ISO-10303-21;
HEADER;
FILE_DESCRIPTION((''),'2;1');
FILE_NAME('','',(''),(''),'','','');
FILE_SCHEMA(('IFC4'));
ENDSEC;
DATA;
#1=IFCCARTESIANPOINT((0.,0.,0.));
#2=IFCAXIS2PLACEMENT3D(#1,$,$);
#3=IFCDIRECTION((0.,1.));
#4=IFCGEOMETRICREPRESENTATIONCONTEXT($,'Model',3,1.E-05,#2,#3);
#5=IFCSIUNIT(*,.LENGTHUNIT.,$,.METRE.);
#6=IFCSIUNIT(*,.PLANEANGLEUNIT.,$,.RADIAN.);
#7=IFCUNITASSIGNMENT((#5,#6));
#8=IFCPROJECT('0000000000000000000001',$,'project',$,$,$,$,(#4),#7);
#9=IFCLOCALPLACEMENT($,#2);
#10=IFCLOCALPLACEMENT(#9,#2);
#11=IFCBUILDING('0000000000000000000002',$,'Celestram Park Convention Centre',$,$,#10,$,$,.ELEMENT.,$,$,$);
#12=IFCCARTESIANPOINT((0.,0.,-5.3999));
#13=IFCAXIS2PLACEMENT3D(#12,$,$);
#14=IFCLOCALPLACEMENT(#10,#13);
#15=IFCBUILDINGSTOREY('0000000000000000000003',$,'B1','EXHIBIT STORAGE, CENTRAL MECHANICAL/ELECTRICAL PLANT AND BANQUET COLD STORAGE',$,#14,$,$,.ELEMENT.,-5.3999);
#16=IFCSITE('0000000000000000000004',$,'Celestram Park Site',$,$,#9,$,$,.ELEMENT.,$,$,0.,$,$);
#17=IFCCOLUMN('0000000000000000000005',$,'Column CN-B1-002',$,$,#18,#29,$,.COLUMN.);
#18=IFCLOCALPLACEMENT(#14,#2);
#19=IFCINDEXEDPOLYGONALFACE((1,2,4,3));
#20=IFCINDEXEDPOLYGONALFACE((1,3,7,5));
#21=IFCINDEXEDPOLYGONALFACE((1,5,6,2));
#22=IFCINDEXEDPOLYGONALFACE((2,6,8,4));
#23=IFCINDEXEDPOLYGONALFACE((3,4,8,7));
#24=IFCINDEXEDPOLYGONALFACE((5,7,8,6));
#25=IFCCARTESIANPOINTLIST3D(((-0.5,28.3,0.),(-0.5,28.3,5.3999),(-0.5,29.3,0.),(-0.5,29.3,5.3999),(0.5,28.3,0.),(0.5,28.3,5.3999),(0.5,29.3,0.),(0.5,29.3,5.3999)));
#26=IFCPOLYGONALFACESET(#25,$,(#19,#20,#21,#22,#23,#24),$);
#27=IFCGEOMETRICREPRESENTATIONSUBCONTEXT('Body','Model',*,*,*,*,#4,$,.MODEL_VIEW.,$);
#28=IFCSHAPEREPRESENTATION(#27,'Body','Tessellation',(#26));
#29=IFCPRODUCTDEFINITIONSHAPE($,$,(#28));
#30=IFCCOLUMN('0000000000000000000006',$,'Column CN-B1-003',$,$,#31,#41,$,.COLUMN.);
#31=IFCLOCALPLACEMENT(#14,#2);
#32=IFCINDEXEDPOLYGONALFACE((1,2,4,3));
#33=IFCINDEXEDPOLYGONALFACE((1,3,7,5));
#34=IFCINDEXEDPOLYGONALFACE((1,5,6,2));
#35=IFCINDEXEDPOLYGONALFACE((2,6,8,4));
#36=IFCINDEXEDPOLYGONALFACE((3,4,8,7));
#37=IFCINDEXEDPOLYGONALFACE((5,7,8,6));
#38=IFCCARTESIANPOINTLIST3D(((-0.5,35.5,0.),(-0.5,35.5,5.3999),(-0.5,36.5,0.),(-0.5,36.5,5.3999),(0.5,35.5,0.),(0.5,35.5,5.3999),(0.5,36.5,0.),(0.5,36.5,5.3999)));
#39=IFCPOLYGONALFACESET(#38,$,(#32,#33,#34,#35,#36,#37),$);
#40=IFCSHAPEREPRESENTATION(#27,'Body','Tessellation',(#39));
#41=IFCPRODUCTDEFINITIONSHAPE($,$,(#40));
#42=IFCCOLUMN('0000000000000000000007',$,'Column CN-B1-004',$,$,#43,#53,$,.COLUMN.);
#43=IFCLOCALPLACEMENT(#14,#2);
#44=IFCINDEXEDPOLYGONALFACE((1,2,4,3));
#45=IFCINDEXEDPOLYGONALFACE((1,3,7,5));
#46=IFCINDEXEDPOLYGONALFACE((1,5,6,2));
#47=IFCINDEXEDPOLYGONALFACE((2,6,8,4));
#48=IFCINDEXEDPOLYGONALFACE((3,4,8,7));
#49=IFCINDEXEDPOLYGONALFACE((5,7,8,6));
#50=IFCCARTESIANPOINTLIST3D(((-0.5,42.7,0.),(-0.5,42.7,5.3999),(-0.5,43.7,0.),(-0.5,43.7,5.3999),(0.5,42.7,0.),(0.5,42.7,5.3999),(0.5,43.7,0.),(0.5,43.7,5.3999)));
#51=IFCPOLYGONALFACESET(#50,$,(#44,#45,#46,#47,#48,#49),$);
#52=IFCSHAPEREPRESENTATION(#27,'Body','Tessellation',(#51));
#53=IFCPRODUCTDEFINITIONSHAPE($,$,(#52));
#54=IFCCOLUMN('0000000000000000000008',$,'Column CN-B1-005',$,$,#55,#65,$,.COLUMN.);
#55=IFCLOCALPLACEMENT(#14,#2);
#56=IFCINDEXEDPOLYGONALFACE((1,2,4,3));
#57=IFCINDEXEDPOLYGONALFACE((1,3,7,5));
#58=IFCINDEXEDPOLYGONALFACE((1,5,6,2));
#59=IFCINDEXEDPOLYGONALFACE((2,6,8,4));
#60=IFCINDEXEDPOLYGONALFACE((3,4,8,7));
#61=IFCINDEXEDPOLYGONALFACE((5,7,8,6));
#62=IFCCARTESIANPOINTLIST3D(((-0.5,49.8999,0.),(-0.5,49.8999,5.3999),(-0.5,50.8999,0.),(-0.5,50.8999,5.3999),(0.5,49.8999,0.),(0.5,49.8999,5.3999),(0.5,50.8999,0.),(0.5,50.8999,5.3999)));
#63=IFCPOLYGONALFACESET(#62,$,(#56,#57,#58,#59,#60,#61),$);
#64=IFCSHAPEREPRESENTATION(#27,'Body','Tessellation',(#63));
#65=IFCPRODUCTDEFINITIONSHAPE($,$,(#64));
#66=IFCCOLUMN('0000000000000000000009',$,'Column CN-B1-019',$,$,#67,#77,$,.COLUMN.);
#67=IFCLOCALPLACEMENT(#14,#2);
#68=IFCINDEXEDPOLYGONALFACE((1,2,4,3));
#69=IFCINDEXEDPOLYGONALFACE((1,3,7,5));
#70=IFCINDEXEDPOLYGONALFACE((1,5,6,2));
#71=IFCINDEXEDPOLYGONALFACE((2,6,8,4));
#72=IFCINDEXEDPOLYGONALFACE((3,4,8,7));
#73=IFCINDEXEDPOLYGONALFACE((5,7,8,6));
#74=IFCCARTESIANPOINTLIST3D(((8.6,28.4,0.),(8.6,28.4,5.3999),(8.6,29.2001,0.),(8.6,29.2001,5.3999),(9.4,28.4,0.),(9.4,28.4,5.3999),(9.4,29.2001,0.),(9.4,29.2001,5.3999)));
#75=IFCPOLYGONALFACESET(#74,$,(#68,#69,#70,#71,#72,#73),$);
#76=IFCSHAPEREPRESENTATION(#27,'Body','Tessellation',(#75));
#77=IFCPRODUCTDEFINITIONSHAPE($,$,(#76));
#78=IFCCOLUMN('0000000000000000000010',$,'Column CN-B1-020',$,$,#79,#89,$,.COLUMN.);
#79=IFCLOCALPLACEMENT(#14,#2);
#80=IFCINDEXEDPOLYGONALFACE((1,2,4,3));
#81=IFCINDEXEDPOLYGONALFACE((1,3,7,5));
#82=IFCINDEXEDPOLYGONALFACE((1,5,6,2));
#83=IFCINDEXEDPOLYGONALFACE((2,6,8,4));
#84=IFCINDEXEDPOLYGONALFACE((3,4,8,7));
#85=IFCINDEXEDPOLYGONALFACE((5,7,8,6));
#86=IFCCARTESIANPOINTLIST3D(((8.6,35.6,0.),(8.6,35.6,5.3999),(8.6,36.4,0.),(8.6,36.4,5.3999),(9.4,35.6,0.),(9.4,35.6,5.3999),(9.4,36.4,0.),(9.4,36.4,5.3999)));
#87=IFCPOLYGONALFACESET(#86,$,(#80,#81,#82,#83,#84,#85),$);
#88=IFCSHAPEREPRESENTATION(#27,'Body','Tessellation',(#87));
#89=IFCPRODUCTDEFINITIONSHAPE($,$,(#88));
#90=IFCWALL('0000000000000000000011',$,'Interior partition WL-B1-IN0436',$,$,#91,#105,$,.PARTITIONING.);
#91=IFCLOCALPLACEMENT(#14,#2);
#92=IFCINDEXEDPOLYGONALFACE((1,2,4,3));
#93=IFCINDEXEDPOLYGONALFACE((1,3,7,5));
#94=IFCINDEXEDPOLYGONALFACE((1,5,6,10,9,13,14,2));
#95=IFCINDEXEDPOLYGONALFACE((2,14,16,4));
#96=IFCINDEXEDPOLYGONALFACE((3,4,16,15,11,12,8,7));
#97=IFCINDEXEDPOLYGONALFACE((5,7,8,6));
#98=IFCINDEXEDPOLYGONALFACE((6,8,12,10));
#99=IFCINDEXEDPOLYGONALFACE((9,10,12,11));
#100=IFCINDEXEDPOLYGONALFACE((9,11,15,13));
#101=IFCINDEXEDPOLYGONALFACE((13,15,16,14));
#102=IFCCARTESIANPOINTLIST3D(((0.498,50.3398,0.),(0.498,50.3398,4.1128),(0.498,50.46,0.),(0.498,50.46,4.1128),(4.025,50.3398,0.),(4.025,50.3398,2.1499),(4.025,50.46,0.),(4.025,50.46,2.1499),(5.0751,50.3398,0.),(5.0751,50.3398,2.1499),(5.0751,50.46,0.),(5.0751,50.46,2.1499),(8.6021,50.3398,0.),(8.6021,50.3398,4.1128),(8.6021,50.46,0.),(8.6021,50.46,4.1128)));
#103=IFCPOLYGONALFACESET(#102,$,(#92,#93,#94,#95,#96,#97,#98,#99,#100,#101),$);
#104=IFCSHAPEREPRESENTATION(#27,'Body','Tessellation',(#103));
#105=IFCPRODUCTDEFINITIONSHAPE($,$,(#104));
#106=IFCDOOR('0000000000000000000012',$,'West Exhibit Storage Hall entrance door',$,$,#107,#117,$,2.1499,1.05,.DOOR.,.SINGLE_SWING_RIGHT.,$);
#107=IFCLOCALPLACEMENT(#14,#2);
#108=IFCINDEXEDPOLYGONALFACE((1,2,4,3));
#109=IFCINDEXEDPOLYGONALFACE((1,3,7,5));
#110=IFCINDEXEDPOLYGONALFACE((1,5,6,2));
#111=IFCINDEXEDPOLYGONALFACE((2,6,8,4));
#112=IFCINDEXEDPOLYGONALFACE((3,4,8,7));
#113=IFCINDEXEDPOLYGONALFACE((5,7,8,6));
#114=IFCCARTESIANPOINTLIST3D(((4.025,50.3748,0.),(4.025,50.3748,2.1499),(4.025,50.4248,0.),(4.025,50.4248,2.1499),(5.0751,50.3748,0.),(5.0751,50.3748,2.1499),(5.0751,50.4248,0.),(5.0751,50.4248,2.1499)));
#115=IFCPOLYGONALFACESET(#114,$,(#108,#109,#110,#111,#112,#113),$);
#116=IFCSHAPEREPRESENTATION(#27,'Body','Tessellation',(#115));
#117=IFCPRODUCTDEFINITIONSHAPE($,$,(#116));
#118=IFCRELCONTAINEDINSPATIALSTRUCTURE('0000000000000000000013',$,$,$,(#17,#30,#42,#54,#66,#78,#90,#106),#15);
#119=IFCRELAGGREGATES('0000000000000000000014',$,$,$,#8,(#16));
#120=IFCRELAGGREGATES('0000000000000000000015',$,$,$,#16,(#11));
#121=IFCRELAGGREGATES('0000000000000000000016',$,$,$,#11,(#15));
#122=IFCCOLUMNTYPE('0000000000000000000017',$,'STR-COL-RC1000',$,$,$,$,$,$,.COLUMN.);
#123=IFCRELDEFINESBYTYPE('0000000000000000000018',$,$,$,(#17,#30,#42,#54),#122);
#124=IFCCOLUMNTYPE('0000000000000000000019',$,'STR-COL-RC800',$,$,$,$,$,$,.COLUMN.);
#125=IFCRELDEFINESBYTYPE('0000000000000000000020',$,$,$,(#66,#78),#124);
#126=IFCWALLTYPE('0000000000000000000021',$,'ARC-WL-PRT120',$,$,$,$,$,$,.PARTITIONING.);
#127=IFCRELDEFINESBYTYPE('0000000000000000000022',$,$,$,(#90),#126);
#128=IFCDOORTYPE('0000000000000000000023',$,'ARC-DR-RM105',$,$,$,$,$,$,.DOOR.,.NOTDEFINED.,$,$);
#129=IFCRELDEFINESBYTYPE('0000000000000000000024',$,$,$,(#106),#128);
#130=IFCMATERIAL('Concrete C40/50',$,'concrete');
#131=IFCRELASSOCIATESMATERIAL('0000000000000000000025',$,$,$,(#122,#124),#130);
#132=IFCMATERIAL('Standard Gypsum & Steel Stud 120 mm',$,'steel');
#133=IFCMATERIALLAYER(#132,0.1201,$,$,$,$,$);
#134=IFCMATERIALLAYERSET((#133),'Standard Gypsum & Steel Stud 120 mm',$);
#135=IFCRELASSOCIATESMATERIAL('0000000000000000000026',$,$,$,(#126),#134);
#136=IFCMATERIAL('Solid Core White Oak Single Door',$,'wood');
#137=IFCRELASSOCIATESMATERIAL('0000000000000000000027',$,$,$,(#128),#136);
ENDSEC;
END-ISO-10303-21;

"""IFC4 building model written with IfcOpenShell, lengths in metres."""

from ifc_helpers import new_model, si_unit, direction, frame, frame_2d, origin, origin_2d, place, context, subcontext, project, spatial, rectangle, extrude, material, layer, layer_set, material_profile, profile_set, type_object, element, fill, save


model = new_model("IFC4")

# Units and contexts
model_context = context("Model", 3, precision=1e-05, world=origin(), true_north=direction((0.0, 1.0)))
body_context = subcontext(model_context, "Body", "Model", "MODEL_VIEW")
ifc_project = project(units=[si_unit("LENGTHUNIT", "METRE"), si_unit("PLANEANGLEUNIT", "RADIAN")], contexts=[model_context])

# Site, building, storey
site_placement = place(None, origin())
site = spatial("IfcSite", under=ifc_project, at=site_placement, Name="Celestram Park Site", CompositionType="ELEMENT", RefElevation=0.0)
building_placement = place(site_placement, origin())
building = spatial("IfcBuilding", under=site, at=building_placement, Name="Celestram Park Convention Centre", CompositionType="ELEMENT")
storey_placement = place(building_placement, frame((0.0, 0.0, -5.3999)))
storey = spatial("IfcBuildingStorey", under=building, at=storey_placement, Name="B1", Description="EXHIBIT STORAGE, CENTRAL MECHANICAL/ELECTRICAL PLANT AND BANQUET COLD STORAGE", CompositionType="ELEMENT", Elevation=-5.3999)

# Shared definitions
ifc_material_1 = material(Name="Concrete C40/50", Category="concrete")

# Columns
ifc_material_profile_1 = material_profile(ifc_material_1, rectangle(XDim=1.0, YDim=1.0, at=origin_2d()), Name="RC1000X1000")
ifc_profile_set_1 = profile_set([ifc_material_profile_1], Name="Concrete C40/50")
column_type_1 = type_object("IfcColumnType", Name="STR-COL-RC1000", PredefinedType="COLUMN", material=ifc_profile_set_1)
for number, where, z_axis, x_axis, name in (
    (1, (0.0, 28.8, 0.0), (0.0, 0.0, 1.0), (1.0, 0.0, 0.0), "Column CN-B1-002"),
    (2, (0.0, 36.0, 0.0), (0.0, 0.0, 1.0), (1.0, 0.0, 0.0), "Column CN-B1-003"),
    (3, (0.0, 43.2, 0.0), (0.0, 0.0, 1.0), (1.0, 0.0, 0.0), "Column CN-B1-004"),
    (4, (0.0, 50.3999, 0.0), (0.0, 0.0, 1.0), (1.0, 0.0, 0.0), "Column CN-B1-005"),
):
    element("IfcColumn", number, at=place(storey_placement, frame(where, z_axis=z_axis, x_axis=x_axis)), inside=storey, type_object=column_type_1, Name=name, PredefinedType="COLUMN", context=body_context, shape_type="SweptSolid", body=[
        extrude(rectangle(XDim=1.0, YDim=1.0, at=origin_2d()), origin(), (0.0, 0.0, 1.0), 5.3999),
    ])
ifc_material_profile_2 = material_profile(ifc_material_1, rectangle(XDim=0.8, YDim=0.8, at=origin_2d()), Name="RC800X800")
ifc_profile_set_2 = profile_set([ifc_material_profile_2], Name="Concrete C40/50")
column_type_2 = type_object("IfcColumnType", Name="STR-COL-RC800", PredefinedType="COLUMN", material=ifc_profile_set_2)
for number, where, z_axis, x_axis, name in (
    (5, (9.0, 28.8, 0.0), (0.0, 0.0, 1.0), (1.0, 0.0, 0.0), "Column CN-B1-019"),
    (6, (9.0, 36.0, 0.0), (0.0, 0.0, 1.0), (1.0, 0.0, 0.0), "Column CN-B1-020"),
):
    element("IfcColumn", number, at=place(storey_placement, frame(where, z_axis=z_axis, x_axis=x_axis)), inside=storey, type_object=column_type_2, Name=name, PredefinedType="COLUMN", context=body_context, shape_type="SweptSolid", body=[
        extrude(rectangle(XDim=0.8, YDim=0.8, at=origin_2d()), origin(), (0.0, 0.0, 1.0), 5.3999),
    ])

# Wall, opening, door
ifc_material_2 = material(Name="Standard Gypsum & Steel Stud 120 mm", Category="steel")
ifc_layer = layer(ifc_material_2, 0.1201)
ifc_layer_set = layer_set([ifc_layer], Name="Standard Gypsum & Steel Stud 120 mm")
wall_type = type_object("IfcWallType", Name="ARC-WL-PRT120", PredefinedType="PARTITIONING", material=ifc_layer_set)
wall_placement = place(storey_placement, frame((0.498, 50.3999, 0.0), z_axis=(0.0, 0.0, 1.0), x_axis=(1.0, 0.0, 0.0)))
wall = element("IfcWall", 7, at=wall_placement, inside=storey, type_object=wall_type, Name="Interior partition WL-B1-IN0436", PredefinedType="PARTITIONING", context=body_context, shape_type="SweptSolid", body=[
    extrude(rectangle(XDim=8.104, YDim=0.1201, at=frame_2d((4.052, 0.0))), origin(), (0.0, 0.0, 1.0), 4.1128),
])
opening_placement = place(wall_placement, frame((3.5271, 0.0, 0.0)))
opening = element("IfcOpeningElement", 8, at=opening_placement, cuts=wall, PredefinedType="OPENING", context=body_context, shape_type="SweptSolid", body=[
    extrude(rectangle(XDim=1.05, YDim=2.1499, at=frame_2d((0.5249, 1.075))), frame((0.0, 0.0701, 0.0), z_axis=(0.0, -1.0, 0.0), x_axis=(1.0, 0.0, 0.0)), (0.0, 0.0, 1.0), 0.1401),
])
ifc_material_3 = material(Name="Solid Core White Oak Single Door", Category="wood")
door_type = type_object("IfcDoorType", Name="ARC-DR-RM105", OperationType="NOTDEFINED", PredefinedType="DOOR", material=ifc_material_3)
door_placement = place(opening_placement, origin())
door = element("IfcDoor", 9, at=door_placement, inside=storey, type_object=door_type, Name="West Exhibit Storage Hall entrance door", OperationType="SINGLE_SWING_RIGHT", OverallHeight=2.1499, OverallWidth=1.05, PredefinedType="DOOR", context=body_context, shape_type="SweptSolid", body=[
    extrude(rectangle(XDim=1.05, YDim=2.1499, at=frame_2d((0.5249, 1.075))), frame((0.0, 0.0249, 0.0), z_axis=(0.0, -1.0, 0.0), x_axis=(1.0, 0.0, 0.0)), (0.0, 0.0, 1.0), 0.05),
])
fill(opening, door)

save(model, "model.ifc")
